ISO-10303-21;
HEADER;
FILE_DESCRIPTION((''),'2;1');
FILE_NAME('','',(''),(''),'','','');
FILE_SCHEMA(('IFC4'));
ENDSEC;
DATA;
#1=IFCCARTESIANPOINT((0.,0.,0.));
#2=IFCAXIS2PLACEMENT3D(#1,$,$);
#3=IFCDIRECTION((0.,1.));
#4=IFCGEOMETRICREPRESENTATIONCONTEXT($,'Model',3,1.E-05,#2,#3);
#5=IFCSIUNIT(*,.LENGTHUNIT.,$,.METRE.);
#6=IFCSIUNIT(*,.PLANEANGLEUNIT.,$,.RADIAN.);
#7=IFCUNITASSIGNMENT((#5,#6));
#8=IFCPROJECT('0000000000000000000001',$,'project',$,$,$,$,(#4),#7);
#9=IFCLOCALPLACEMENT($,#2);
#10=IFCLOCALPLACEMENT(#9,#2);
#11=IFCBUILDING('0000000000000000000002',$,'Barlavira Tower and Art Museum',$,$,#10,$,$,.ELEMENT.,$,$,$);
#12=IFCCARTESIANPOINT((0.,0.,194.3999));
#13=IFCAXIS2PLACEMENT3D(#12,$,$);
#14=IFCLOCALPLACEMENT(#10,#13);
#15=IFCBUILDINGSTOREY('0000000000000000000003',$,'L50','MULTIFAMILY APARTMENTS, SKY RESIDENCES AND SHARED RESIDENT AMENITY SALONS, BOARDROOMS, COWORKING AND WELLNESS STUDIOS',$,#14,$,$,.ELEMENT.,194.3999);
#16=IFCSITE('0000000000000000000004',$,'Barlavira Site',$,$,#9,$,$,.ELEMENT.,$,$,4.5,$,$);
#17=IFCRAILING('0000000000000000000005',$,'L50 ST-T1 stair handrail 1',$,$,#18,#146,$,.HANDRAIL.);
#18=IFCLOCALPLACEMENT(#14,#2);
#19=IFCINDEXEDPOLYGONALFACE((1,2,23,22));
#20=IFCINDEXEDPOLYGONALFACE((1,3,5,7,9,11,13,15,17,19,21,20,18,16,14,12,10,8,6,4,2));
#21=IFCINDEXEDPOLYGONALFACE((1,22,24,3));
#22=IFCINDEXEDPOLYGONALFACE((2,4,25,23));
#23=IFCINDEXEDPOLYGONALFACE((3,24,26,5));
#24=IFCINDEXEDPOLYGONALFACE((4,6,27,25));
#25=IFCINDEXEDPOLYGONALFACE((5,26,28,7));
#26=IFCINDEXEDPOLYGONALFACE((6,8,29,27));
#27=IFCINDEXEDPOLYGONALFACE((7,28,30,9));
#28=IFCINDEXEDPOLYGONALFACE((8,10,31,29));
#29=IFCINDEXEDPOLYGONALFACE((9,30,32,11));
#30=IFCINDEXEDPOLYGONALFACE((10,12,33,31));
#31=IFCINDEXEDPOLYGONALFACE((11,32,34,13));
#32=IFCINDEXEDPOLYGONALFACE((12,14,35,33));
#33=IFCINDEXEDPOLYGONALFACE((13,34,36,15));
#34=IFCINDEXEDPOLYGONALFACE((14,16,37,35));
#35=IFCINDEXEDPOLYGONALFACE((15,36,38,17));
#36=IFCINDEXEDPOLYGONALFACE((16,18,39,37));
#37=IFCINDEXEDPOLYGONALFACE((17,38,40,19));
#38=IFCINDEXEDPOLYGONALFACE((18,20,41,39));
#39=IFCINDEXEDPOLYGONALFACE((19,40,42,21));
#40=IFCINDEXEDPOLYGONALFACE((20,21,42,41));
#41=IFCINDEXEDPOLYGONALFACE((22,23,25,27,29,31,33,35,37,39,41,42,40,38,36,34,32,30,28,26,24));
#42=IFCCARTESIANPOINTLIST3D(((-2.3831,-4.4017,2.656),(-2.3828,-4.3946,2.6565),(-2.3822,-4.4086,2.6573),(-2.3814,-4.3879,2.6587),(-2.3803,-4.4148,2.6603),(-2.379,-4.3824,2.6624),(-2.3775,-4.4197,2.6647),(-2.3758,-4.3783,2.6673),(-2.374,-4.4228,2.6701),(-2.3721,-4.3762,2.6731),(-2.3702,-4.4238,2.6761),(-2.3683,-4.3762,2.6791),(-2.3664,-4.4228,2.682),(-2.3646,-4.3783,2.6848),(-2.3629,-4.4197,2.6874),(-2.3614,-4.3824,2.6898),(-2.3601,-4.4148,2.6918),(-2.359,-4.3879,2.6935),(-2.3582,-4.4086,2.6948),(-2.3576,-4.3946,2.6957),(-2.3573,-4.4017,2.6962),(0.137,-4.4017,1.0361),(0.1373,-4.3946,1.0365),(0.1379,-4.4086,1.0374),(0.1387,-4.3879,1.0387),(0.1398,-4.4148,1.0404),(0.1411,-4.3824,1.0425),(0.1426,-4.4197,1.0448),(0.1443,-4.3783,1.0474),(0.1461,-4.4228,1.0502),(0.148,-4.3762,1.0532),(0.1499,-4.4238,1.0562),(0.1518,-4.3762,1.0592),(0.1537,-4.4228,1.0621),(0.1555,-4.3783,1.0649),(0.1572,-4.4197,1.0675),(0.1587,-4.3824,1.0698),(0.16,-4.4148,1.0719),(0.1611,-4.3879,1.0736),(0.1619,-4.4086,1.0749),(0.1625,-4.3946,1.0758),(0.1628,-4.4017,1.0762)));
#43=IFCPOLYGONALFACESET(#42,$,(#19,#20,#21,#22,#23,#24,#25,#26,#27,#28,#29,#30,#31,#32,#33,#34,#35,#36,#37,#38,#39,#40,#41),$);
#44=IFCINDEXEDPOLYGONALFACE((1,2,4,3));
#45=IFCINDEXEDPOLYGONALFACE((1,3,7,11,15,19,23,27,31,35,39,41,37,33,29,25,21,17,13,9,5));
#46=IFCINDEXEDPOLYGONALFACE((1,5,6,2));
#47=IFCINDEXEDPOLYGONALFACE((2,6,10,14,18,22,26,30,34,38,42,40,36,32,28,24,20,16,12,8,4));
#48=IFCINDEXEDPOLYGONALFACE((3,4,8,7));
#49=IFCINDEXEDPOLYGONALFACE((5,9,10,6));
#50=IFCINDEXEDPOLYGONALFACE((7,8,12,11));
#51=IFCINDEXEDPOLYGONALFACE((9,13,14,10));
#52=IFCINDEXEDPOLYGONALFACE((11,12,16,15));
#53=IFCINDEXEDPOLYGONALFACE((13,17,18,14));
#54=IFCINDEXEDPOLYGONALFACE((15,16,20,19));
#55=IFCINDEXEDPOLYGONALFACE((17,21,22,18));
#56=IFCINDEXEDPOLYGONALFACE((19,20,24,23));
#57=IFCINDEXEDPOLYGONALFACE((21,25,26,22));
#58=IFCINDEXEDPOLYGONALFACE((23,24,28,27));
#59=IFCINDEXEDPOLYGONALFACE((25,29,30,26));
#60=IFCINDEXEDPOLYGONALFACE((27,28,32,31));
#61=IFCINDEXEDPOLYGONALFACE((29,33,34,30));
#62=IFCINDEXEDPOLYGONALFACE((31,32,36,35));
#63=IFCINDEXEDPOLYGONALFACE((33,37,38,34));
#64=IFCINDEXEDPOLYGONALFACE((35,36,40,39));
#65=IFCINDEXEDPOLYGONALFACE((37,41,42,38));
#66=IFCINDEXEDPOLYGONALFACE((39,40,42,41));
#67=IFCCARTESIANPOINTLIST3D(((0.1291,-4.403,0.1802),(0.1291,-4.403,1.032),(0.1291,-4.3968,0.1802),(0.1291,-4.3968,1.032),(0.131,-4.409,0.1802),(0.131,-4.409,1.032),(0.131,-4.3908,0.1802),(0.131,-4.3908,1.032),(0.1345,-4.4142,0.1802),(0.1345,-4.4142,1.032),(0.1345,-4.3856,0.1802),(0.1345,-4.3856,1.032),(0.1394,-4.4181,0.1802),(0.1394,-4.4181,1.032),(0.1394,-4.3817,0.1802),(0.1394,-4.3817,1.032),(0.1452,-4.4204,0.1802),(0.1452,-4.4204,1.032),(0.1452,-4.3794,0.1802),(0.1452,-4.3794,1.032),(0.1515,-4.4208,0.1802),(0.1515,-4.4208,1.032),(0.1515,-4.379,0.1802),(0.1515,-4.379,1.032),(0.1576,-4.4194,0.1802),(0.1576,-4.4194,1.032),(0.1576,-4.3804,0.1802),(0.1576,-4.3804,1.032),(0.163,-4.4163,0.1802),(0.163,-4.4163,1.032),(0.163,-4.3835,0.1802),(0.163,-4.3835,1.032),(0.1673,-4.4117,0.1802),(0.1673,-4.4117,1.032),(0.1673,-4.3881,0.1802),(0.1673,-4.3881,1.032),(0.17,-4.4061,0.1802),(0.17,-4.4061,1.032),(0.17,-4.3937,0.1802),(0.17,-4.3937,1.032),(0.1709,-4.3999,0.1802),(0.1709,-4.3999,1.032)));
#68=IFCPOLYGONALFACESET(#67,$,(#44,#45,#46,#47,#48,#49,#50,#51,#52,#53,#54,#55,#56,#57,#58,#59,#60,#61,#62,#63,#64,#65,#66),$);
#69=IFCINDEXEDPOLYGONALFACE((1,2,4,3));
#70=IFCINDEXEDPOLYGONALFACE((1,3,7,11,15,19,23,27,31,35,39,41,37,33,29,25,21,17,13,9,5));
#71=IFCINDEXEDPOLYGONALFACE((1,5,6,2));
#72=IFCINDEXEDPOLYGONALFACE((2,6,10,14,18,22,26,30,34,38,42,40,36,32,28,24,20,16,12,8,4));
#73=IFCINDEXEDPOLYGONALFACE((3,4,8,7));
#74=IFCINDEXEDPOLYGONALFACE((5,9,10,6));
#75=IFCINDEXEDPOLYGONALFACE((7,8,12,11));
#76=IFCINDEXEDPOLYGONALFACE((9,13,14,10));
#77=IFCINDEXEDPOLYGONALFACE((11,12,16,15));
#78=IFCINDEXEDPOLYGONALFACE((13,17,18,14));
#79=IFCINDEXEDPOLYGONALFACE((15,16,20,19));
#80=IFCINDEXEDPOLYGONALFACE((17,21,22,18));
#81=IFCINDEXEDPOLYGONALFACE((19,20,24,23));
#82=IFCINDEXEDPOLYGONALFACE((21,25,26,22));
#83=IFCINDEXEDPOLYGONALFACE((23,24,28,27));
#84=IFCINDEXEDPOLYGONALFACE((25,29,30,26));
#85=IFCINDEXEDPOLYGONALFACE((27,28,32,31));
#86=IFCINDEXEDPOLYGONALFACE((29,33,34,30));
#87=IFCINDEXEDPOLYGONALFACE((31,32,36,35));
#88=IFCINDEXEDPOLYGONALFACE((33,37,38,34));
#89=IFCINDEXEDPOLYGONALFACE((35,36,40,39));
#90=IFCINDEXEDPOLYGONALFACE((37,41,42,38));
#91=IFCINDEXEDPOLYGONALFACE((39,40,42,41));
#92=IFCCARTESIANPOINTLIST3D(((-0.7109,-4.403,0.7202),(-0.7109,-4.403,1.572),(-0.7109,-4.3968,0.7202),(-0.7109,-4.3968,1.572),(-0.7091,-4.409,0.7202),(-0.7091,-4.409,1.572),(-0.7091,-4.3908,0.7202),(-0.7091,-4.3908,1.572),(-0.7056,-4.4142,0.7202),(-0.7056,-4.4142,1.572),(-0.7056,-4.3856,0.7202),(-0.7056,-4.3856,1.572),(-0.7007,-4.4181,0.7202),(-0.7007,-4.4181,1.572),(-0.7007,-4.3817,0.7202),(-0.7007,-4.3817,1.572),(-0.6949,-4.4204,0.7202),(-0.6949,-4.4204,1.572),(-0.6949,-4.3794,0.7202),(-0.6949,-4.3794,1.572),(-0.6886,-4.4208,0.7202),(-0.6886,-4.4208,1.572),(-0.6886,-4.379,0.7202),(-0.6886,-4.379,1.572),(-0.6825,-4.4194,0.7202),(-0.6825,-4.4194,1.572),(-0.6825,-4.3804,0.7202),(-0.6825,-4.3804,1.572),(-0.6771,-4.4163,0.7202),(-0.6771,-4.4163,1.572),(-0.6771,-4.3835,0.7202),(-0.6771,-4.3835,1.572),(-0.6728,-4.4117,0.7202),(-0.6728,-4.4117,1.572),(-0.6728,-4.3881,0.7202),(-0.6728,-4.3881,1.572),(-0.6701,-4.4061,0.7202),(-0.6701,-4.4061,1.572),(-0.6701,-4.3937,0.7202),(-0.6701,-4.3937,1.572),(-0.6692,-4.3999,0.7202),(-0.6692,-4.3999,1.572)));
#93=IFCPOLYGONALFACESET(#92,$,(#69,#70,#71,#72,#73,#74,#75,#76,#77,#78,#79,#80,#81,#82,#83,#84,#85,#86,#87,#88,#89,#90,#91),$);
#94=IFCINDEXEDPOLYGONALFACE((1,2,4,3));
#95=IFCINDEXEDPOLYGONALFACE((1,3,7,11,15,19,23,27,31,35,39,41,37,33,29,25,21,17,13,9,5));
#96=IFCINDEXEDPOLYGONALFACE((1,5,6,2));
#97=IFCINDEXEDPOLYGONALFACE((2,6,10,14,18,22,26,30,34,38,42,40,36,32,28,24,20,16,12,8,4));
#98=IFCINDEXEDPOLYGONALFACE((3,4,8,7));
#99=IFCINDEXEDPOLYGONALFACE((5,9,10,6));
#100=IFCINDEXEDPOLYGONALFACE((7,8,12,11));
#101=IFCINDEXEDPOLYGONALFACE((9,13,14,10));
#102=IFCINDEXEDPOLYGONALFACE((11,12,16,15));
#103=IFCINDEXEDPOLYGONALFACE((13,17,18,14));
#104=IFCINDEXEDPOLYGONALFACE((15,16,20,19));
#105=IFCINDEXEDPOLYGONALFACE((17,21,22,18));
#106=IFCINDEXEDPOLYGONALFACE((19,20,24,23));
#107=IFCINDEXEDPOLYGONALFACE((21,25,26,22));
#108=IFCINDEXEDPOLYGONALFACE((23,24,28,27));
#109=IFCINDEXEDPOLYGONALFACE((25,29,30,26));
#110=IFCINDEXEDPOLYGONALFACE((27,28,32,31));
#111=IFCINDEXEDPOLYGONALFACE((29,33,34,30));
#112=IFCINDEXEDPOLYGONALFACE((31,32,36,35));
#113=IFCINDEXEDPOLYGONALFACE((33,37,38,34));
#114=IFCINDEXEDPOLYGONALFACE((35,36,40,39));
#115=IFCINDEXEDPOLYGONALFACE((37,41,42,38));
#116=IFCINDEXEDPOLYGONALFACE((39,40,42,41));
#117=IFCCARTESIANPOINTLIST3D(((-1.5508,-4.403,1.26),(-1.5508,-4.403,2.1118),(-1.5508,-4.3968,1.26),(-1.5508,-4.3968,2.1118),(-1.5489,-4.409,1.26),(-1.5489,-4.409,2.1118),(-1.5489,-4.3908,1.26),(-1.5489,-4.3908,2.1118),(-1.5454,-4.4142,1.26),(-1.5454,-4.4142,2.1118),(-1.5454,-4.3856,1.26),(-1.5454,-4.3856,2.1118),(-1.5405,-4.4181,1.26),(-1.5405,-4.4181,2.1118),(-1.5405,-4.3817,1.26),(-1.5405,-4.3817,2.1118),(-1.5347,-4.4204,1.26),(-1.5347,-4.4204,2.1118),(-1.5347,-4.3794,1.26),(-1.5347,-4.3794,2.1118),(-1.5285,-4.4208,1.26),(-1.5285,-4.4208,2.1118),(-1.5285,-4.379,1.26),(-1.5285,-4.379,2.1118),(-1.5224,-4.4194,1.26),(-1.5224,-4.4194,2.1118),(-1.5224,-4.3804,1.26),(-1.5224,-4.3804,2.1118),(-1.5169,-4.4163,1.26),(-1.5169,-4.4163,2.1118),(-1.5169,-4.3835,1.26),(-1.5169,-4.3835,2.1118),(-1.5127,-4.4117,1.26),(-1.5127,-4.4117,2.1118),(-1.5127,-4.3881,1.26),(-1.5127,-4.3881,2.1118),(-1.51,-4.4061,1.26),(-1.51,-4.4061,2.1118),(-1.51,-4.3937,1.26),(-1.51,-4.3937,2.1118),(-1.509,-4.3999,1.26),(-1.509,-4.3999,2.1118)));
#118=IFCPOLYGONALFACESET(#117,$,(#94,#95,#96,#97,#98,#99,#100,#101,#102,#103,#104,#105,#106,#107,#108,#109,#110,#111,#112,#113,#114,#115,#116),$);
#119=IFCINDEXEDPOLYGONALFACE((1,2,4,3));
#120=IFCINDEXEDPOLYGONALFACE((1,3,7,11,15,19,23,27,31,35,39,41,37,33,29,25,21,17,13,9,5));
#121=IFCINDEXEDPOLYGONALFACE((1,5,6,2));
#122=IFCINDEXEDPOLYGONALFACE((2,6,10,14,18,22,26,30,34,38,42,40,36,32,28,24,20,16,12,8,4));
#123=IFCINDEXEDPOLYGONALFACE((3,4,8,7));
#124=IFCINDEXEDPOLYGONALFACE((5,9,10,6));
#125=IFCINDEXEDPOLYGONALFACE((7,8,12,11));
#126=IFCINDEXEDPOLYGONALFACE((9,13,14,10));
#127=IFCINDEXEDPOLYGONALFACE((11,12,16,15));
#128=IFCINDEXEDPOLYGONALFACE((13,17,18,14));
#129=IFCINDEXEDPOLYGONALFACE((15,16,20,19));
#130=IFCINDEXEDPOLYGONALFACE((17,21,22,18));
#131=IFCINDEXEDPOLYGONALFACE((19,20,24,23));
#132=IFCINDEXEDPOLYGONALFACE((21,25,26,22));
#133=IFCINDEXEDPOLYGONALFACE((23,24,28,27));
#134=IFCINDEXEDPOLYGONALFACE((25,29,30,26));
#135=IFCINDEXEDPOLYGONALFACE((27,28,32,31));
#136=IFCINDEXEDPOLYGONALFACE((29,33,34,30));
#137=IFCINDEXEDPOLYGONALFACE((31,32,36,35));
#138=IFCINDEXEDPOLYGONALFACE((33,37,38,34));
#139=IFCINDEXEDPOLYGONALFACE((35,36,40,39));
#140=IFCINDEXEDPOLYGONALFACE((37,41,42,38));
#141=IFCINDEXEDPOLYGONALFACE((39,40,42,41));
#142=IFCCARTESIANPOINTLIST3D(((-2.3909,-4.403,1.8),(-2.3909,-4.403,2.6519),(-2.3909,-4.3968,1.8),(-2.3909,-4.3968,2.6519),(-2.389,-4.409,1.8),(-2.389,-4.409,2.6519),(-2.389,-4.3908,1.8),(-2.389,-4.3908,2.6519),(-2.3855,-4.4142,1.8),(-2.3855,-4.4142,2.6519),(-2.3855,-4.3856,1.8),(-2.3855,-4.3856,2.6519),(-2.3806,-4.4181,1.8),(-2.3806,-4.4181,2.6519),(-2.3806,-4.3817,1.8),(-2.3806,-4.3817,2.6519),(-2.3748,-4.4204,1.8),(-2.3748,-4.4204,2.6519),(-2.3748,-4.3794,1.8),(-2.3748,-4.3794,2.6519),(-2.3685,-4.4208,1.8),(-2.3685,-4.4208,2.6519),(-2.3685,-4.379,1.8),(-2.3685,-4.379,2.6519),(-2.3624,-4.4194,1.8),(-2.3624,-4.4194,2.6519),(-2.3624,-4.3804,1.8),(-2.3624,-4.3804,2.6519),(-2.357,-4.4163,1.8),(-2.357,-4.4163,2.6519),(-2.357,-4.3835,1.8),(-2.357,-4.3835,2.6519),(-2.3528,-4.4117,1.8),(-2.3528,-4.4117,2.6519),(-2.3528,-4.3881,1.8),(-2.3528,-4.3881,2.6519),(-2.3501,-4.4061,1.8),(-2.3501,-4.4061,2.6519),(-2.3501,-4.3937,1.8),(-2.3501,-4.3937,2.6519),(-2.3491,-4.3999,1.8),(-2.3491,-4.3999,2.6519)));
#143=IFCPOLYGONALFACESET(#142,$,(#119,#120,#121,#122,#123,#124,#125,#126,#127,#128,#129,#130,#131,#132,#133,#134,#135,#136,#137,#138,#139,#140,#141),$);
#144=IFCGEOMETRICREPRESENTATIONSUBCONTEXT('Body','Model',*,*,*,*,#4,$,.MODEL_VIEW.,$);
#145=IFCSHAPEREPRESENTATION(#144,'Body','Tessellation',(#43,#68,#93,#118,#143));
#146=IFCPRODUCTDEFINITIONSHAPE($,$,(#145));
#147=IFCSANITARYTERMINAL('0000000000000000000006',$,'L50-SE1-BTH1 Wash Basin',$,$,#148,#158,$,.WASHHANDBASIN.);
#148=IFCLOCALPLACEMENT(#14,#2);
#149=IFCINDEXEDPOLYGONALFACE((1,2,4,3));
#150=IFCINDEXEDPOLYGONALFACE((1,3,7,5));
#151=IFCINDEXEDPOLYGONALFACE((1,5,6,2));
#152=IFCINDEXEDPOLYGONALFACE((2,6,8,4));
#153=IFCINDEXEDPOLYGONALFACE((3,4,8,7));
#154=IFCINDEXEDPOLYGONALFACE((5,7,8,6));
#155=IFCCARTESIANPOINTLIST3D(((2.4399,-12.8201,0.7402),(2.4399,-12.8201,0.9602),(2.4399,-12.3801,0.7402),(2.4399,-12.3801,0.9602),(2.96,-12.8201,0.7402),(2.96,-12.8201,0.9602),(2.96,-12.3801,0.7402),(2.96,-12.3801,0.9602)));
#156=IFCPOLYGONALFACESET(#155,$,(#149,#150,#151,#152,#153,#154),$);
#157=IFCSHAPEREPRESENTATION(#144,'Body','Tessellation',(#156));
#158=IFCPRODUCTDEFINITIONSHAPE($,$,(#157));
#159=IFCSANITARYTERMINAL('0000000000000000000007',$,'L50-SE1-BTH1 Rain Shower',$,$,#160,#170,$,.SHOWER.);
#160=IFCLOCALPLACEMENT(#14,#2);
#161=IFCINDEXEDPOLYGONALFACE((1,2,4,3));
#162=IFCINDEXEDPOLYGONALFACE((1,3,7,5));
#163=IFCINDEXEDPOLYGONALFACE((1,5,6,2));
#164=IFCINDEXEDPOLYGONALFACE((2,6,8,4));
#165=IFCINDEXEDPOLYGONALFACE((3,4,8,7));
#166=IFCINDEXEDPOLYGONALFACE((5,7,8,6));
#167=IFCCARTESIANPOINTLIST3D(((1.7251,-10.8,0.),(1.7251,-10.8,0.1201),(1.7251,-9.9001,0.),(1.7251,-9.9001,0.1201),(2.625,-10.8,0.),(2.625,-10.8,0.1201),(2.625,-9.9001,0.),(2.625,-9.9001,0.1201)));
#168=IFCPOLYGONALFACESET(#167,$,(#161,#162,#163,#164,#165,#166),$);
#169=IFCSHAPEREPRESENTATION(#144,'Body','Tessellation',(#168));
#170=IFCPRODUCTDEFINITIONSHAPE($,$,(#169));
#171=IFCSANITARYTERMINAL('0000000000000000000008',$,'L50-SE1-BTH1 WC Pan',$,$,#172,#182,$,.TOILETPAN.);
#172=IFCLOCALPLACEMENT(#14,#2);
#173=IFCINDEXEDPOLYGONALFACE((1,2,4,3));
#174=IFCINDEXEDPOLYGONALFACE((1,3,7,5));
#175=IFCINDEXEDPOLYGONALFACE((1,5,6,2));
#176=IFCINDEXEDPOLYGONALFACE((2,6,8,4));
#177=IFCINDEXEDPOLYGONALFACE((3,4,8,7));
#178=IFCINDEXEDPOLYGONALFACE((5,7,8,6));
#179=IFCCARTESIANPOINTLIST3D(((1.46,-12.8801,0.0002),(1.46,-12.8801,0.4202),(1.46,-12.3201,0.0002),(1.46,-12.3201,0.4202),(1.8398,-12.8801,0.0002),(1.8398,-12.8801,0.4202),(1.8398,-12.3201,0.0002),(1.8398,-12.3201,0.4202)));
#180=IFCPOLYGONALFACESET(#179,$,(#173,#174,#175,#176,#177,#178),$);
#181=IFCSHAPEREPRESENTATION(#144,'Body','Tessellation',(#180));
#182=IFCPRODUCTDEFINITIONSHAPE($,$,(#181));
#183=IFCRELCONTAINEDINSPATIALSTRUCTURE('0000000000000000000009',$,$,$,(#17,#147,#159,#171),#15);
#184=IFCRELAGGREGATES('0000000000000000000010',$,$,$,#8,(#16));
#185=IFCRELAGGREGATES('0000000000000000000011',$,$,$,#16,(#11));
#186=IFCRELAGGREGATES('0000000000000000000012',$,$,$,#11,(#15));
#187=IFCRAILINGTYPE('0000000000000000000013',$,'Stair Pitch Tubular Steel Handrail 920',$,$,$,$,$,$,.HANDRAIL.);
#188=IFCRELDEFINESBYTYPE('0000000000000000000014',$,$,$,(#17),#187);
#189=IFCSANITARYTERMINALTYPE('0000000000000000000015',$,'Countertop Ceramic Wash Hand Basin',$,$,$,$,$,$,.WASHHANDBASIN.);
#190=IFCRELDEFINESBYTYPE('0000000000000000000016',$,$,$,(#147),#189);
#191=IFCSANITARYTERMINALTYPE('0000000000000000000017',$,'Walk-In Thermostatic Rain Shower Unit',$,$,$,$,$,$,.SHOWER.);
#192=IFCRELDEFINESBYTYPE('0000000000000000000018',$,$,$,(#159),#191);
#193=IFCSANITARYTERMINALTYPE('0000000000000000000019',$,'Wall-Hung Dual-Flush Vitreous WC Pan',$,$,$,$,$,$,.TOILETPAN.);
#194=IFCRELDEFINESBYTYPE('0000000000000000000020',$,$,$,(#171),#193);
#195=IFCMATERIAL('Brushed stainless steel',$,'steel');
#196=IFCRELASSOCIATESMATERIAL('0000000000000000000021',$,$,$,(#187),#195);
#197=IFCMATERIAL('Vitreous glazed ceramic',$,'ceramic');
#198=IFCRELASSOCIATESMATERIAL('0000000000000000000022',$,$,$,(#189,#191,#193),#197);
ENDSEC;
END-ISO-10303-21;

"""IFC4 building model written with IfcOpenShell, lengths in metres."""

from ifc_helpers import new_model, si_unit, direction, frame, origin, origin_2d, place, context, subcontext, project, spatial, rectangle, circle, extrude, material, type_object, element, save


model = new_model("IFC4")

# Units and contexts
model_context = context("Model", 3, precision=1e-05, world=origin(), true_north=direction((0.0, 1.0)))
body_context = subcontext(model_context, "Body", "Model", "MODEL_VIEW")
ifc_project = project(units=[si_unit("LENGTHUNIT", "METRE"), si_unit("PLANEANGLEUNIT", "RADIAN")], contexts=[model_context])

# Site, building, storey
site_placement = place(None, origin())
site = spatial("IfcSite", under=ifc_project, at=site_placement, Name="Barlavira Site", CompositionType="ELEMENT", RefElevation=4.5)
building_placement = place(site_placement, origin())
building = spatial("IfcBuilding", under=site, at=building_placement, Name="Barlavira Tower and Art Museum", CompositionType="ELEMENT")
storey_placement = place(building_placement, frame((0.0, 0.0, 194.3999)))
storey = spatial("IfcBuildingStorey", under=building, at=storey_placement, Name="L50", Description="MULTIFAMILY APARTMENTS, SKY RESIDENCES AND SHARED RESIDENT AMENITY SALONS, BOARDROOMS, COWORKING AND WELLNESS STUDIOS", CompositionType="ELEMENT", Elevation=194.3999)

# Shared definitions
ifc_material_1 = material(Name="Brushed stainless steel", Category="steel")

# Railing
railing_type_1 = type_object("IfcRailingType", Name="Stair Pitch Tubular Steel Handrail 920", PredefinedType="HANDRAIL", material=ifc_material_1)
railing_1_placement = place(storey_placement, frame((0.1499, -4.3999, 0.1802)))
element("IfcRailing", 1, at=railing_1_placement, inside=storey, type_object=railing_type_1, Name="L50 ST-T1 stair handrail 1", PredefinedType="HANDRAIL", context=body_context, shape_type="SweptSolid", body=[
    extrude(circle(Radius=0.0239, at=origin_2d()), frame((0.0, 0.0, 0.876), z_axis=(-0.8412, 0.0, 0.540725), x_axis=(0.0, -1.0, 0.0)), (0.0, 0.0, 1.0), 2.9958),
    extrude(circle(Radius=0.021, at=origin_2d()), origin(), (0.0, 0.0, 1.0), 0.8518),
    extrude(circle(Radius=0.021, at=origin_2d()), frame((-0.8401, 0.0, 0.54)), (0.0, 0.0, 1.0), 0.8518),
    extrude(circle(Radius=0.021, at=origin_2d()), frame((-1.6799, 0.0, 1.0798)), (0.0, 0.0, 1.0), 0.8518),
    extrude(circle(Radius=0.021, at=origin_2d()), frame((-2.52, 0.0, 1.6199)), (0.0, 0.0, 1.0), 0.8518),
])

# Sanitary terminals
ifc_material_2 = material(Name="Vitreous glazed ceramic", Category="ceramic")
sanitary_terminal_type_1 = type_object("IfcSanitaryTerminalType", Name="Countertop Ceramic Wash Hand Basin", PredefinedType="WASHHANDBASIN", material=ifc_material_2)
sanitary_terminal_1_placement = place(storey_placement, frame((2.7, -12.6001, 0.7402), z_axis=(0.0, 0.0, 1.0), x_axis=(1.0, 0.0, 0.0)))
element("IfcSanitaryTerminal", 2, at=sanitary_terminal_1_placement, inside=storey, type_object=sanitary_terminal_type_1, Name="L50-SE1-BTH1 Wash Basin", PredefinedType="WASHHANDBASIN", context=body_context, shape_type="SweptSolid", body=[
    extrude(rectangle(XDim=0.52, YDim=0.4399, at=origin_2d()), origin(), (0.0, 0.0, 1.0), 0.22),
])
sanitary_terminal_type_2 = type_object("IfcSanitaryTerminalType", Name="Walk-In Thermostatic Rain Shower Unit", PredefinedType="SHOWER", material=ifc_material_2)
sanitary_terminal_2_placement = place(storey_placement, frame((2.175, -10.3501, 0.0), z_axis=(0.0, 0.0, 1.0), x_axis=(1.0, 0.0, 0.0)))
element("IfcSanitaryTerminal", 3, at=sanitary_terminal_2_placement, inside=storey, type_object=sanitary_terminal_type_2, Name="L50-SE1-BTH1 Rain Shower", PredefinedType="SHOWER", context=body_context, shape_type="SweptSolid", body=[
    extrude(rectangle(XDim=0.8999, YDim=0.8999, at=origin_2d()), origin(), (0.0, 0.0, 1.0), 0.1201),
])
sanitary_terminal_type_3 = type_object("IfcSanitaryTerminalType", Name="Wall-Hung Dual-Flush Vitreous WC Pan", PredefinedType="TOILETPAN", material=ifc_material_2)
sanitary_terminal_3_placement = place(storey_placement, frame((1.6499, -12.6001, 0.0002), z_axis=(0.0, 0.0, 1.0), x_axis=(1.0, 0.0, 0.0)))
element("IfcSanitaryTerminal", 4, at=sanitary_terminal_3_placement, inside=storey, type_object=sanitary_terminal_type_3, Name="L50-SE1-BTH1 WC Pan", PredefinedType="TOILETPAN", context=body_context, shape_type="SweptSolid", body=[
    extrude(rectangle(XDim=0.3799, YDim=0.5601, at=origin_2d()), origin(), (0.0, 0.0, 1.0), 0.4199),
])

save(model, "model.ifc")
